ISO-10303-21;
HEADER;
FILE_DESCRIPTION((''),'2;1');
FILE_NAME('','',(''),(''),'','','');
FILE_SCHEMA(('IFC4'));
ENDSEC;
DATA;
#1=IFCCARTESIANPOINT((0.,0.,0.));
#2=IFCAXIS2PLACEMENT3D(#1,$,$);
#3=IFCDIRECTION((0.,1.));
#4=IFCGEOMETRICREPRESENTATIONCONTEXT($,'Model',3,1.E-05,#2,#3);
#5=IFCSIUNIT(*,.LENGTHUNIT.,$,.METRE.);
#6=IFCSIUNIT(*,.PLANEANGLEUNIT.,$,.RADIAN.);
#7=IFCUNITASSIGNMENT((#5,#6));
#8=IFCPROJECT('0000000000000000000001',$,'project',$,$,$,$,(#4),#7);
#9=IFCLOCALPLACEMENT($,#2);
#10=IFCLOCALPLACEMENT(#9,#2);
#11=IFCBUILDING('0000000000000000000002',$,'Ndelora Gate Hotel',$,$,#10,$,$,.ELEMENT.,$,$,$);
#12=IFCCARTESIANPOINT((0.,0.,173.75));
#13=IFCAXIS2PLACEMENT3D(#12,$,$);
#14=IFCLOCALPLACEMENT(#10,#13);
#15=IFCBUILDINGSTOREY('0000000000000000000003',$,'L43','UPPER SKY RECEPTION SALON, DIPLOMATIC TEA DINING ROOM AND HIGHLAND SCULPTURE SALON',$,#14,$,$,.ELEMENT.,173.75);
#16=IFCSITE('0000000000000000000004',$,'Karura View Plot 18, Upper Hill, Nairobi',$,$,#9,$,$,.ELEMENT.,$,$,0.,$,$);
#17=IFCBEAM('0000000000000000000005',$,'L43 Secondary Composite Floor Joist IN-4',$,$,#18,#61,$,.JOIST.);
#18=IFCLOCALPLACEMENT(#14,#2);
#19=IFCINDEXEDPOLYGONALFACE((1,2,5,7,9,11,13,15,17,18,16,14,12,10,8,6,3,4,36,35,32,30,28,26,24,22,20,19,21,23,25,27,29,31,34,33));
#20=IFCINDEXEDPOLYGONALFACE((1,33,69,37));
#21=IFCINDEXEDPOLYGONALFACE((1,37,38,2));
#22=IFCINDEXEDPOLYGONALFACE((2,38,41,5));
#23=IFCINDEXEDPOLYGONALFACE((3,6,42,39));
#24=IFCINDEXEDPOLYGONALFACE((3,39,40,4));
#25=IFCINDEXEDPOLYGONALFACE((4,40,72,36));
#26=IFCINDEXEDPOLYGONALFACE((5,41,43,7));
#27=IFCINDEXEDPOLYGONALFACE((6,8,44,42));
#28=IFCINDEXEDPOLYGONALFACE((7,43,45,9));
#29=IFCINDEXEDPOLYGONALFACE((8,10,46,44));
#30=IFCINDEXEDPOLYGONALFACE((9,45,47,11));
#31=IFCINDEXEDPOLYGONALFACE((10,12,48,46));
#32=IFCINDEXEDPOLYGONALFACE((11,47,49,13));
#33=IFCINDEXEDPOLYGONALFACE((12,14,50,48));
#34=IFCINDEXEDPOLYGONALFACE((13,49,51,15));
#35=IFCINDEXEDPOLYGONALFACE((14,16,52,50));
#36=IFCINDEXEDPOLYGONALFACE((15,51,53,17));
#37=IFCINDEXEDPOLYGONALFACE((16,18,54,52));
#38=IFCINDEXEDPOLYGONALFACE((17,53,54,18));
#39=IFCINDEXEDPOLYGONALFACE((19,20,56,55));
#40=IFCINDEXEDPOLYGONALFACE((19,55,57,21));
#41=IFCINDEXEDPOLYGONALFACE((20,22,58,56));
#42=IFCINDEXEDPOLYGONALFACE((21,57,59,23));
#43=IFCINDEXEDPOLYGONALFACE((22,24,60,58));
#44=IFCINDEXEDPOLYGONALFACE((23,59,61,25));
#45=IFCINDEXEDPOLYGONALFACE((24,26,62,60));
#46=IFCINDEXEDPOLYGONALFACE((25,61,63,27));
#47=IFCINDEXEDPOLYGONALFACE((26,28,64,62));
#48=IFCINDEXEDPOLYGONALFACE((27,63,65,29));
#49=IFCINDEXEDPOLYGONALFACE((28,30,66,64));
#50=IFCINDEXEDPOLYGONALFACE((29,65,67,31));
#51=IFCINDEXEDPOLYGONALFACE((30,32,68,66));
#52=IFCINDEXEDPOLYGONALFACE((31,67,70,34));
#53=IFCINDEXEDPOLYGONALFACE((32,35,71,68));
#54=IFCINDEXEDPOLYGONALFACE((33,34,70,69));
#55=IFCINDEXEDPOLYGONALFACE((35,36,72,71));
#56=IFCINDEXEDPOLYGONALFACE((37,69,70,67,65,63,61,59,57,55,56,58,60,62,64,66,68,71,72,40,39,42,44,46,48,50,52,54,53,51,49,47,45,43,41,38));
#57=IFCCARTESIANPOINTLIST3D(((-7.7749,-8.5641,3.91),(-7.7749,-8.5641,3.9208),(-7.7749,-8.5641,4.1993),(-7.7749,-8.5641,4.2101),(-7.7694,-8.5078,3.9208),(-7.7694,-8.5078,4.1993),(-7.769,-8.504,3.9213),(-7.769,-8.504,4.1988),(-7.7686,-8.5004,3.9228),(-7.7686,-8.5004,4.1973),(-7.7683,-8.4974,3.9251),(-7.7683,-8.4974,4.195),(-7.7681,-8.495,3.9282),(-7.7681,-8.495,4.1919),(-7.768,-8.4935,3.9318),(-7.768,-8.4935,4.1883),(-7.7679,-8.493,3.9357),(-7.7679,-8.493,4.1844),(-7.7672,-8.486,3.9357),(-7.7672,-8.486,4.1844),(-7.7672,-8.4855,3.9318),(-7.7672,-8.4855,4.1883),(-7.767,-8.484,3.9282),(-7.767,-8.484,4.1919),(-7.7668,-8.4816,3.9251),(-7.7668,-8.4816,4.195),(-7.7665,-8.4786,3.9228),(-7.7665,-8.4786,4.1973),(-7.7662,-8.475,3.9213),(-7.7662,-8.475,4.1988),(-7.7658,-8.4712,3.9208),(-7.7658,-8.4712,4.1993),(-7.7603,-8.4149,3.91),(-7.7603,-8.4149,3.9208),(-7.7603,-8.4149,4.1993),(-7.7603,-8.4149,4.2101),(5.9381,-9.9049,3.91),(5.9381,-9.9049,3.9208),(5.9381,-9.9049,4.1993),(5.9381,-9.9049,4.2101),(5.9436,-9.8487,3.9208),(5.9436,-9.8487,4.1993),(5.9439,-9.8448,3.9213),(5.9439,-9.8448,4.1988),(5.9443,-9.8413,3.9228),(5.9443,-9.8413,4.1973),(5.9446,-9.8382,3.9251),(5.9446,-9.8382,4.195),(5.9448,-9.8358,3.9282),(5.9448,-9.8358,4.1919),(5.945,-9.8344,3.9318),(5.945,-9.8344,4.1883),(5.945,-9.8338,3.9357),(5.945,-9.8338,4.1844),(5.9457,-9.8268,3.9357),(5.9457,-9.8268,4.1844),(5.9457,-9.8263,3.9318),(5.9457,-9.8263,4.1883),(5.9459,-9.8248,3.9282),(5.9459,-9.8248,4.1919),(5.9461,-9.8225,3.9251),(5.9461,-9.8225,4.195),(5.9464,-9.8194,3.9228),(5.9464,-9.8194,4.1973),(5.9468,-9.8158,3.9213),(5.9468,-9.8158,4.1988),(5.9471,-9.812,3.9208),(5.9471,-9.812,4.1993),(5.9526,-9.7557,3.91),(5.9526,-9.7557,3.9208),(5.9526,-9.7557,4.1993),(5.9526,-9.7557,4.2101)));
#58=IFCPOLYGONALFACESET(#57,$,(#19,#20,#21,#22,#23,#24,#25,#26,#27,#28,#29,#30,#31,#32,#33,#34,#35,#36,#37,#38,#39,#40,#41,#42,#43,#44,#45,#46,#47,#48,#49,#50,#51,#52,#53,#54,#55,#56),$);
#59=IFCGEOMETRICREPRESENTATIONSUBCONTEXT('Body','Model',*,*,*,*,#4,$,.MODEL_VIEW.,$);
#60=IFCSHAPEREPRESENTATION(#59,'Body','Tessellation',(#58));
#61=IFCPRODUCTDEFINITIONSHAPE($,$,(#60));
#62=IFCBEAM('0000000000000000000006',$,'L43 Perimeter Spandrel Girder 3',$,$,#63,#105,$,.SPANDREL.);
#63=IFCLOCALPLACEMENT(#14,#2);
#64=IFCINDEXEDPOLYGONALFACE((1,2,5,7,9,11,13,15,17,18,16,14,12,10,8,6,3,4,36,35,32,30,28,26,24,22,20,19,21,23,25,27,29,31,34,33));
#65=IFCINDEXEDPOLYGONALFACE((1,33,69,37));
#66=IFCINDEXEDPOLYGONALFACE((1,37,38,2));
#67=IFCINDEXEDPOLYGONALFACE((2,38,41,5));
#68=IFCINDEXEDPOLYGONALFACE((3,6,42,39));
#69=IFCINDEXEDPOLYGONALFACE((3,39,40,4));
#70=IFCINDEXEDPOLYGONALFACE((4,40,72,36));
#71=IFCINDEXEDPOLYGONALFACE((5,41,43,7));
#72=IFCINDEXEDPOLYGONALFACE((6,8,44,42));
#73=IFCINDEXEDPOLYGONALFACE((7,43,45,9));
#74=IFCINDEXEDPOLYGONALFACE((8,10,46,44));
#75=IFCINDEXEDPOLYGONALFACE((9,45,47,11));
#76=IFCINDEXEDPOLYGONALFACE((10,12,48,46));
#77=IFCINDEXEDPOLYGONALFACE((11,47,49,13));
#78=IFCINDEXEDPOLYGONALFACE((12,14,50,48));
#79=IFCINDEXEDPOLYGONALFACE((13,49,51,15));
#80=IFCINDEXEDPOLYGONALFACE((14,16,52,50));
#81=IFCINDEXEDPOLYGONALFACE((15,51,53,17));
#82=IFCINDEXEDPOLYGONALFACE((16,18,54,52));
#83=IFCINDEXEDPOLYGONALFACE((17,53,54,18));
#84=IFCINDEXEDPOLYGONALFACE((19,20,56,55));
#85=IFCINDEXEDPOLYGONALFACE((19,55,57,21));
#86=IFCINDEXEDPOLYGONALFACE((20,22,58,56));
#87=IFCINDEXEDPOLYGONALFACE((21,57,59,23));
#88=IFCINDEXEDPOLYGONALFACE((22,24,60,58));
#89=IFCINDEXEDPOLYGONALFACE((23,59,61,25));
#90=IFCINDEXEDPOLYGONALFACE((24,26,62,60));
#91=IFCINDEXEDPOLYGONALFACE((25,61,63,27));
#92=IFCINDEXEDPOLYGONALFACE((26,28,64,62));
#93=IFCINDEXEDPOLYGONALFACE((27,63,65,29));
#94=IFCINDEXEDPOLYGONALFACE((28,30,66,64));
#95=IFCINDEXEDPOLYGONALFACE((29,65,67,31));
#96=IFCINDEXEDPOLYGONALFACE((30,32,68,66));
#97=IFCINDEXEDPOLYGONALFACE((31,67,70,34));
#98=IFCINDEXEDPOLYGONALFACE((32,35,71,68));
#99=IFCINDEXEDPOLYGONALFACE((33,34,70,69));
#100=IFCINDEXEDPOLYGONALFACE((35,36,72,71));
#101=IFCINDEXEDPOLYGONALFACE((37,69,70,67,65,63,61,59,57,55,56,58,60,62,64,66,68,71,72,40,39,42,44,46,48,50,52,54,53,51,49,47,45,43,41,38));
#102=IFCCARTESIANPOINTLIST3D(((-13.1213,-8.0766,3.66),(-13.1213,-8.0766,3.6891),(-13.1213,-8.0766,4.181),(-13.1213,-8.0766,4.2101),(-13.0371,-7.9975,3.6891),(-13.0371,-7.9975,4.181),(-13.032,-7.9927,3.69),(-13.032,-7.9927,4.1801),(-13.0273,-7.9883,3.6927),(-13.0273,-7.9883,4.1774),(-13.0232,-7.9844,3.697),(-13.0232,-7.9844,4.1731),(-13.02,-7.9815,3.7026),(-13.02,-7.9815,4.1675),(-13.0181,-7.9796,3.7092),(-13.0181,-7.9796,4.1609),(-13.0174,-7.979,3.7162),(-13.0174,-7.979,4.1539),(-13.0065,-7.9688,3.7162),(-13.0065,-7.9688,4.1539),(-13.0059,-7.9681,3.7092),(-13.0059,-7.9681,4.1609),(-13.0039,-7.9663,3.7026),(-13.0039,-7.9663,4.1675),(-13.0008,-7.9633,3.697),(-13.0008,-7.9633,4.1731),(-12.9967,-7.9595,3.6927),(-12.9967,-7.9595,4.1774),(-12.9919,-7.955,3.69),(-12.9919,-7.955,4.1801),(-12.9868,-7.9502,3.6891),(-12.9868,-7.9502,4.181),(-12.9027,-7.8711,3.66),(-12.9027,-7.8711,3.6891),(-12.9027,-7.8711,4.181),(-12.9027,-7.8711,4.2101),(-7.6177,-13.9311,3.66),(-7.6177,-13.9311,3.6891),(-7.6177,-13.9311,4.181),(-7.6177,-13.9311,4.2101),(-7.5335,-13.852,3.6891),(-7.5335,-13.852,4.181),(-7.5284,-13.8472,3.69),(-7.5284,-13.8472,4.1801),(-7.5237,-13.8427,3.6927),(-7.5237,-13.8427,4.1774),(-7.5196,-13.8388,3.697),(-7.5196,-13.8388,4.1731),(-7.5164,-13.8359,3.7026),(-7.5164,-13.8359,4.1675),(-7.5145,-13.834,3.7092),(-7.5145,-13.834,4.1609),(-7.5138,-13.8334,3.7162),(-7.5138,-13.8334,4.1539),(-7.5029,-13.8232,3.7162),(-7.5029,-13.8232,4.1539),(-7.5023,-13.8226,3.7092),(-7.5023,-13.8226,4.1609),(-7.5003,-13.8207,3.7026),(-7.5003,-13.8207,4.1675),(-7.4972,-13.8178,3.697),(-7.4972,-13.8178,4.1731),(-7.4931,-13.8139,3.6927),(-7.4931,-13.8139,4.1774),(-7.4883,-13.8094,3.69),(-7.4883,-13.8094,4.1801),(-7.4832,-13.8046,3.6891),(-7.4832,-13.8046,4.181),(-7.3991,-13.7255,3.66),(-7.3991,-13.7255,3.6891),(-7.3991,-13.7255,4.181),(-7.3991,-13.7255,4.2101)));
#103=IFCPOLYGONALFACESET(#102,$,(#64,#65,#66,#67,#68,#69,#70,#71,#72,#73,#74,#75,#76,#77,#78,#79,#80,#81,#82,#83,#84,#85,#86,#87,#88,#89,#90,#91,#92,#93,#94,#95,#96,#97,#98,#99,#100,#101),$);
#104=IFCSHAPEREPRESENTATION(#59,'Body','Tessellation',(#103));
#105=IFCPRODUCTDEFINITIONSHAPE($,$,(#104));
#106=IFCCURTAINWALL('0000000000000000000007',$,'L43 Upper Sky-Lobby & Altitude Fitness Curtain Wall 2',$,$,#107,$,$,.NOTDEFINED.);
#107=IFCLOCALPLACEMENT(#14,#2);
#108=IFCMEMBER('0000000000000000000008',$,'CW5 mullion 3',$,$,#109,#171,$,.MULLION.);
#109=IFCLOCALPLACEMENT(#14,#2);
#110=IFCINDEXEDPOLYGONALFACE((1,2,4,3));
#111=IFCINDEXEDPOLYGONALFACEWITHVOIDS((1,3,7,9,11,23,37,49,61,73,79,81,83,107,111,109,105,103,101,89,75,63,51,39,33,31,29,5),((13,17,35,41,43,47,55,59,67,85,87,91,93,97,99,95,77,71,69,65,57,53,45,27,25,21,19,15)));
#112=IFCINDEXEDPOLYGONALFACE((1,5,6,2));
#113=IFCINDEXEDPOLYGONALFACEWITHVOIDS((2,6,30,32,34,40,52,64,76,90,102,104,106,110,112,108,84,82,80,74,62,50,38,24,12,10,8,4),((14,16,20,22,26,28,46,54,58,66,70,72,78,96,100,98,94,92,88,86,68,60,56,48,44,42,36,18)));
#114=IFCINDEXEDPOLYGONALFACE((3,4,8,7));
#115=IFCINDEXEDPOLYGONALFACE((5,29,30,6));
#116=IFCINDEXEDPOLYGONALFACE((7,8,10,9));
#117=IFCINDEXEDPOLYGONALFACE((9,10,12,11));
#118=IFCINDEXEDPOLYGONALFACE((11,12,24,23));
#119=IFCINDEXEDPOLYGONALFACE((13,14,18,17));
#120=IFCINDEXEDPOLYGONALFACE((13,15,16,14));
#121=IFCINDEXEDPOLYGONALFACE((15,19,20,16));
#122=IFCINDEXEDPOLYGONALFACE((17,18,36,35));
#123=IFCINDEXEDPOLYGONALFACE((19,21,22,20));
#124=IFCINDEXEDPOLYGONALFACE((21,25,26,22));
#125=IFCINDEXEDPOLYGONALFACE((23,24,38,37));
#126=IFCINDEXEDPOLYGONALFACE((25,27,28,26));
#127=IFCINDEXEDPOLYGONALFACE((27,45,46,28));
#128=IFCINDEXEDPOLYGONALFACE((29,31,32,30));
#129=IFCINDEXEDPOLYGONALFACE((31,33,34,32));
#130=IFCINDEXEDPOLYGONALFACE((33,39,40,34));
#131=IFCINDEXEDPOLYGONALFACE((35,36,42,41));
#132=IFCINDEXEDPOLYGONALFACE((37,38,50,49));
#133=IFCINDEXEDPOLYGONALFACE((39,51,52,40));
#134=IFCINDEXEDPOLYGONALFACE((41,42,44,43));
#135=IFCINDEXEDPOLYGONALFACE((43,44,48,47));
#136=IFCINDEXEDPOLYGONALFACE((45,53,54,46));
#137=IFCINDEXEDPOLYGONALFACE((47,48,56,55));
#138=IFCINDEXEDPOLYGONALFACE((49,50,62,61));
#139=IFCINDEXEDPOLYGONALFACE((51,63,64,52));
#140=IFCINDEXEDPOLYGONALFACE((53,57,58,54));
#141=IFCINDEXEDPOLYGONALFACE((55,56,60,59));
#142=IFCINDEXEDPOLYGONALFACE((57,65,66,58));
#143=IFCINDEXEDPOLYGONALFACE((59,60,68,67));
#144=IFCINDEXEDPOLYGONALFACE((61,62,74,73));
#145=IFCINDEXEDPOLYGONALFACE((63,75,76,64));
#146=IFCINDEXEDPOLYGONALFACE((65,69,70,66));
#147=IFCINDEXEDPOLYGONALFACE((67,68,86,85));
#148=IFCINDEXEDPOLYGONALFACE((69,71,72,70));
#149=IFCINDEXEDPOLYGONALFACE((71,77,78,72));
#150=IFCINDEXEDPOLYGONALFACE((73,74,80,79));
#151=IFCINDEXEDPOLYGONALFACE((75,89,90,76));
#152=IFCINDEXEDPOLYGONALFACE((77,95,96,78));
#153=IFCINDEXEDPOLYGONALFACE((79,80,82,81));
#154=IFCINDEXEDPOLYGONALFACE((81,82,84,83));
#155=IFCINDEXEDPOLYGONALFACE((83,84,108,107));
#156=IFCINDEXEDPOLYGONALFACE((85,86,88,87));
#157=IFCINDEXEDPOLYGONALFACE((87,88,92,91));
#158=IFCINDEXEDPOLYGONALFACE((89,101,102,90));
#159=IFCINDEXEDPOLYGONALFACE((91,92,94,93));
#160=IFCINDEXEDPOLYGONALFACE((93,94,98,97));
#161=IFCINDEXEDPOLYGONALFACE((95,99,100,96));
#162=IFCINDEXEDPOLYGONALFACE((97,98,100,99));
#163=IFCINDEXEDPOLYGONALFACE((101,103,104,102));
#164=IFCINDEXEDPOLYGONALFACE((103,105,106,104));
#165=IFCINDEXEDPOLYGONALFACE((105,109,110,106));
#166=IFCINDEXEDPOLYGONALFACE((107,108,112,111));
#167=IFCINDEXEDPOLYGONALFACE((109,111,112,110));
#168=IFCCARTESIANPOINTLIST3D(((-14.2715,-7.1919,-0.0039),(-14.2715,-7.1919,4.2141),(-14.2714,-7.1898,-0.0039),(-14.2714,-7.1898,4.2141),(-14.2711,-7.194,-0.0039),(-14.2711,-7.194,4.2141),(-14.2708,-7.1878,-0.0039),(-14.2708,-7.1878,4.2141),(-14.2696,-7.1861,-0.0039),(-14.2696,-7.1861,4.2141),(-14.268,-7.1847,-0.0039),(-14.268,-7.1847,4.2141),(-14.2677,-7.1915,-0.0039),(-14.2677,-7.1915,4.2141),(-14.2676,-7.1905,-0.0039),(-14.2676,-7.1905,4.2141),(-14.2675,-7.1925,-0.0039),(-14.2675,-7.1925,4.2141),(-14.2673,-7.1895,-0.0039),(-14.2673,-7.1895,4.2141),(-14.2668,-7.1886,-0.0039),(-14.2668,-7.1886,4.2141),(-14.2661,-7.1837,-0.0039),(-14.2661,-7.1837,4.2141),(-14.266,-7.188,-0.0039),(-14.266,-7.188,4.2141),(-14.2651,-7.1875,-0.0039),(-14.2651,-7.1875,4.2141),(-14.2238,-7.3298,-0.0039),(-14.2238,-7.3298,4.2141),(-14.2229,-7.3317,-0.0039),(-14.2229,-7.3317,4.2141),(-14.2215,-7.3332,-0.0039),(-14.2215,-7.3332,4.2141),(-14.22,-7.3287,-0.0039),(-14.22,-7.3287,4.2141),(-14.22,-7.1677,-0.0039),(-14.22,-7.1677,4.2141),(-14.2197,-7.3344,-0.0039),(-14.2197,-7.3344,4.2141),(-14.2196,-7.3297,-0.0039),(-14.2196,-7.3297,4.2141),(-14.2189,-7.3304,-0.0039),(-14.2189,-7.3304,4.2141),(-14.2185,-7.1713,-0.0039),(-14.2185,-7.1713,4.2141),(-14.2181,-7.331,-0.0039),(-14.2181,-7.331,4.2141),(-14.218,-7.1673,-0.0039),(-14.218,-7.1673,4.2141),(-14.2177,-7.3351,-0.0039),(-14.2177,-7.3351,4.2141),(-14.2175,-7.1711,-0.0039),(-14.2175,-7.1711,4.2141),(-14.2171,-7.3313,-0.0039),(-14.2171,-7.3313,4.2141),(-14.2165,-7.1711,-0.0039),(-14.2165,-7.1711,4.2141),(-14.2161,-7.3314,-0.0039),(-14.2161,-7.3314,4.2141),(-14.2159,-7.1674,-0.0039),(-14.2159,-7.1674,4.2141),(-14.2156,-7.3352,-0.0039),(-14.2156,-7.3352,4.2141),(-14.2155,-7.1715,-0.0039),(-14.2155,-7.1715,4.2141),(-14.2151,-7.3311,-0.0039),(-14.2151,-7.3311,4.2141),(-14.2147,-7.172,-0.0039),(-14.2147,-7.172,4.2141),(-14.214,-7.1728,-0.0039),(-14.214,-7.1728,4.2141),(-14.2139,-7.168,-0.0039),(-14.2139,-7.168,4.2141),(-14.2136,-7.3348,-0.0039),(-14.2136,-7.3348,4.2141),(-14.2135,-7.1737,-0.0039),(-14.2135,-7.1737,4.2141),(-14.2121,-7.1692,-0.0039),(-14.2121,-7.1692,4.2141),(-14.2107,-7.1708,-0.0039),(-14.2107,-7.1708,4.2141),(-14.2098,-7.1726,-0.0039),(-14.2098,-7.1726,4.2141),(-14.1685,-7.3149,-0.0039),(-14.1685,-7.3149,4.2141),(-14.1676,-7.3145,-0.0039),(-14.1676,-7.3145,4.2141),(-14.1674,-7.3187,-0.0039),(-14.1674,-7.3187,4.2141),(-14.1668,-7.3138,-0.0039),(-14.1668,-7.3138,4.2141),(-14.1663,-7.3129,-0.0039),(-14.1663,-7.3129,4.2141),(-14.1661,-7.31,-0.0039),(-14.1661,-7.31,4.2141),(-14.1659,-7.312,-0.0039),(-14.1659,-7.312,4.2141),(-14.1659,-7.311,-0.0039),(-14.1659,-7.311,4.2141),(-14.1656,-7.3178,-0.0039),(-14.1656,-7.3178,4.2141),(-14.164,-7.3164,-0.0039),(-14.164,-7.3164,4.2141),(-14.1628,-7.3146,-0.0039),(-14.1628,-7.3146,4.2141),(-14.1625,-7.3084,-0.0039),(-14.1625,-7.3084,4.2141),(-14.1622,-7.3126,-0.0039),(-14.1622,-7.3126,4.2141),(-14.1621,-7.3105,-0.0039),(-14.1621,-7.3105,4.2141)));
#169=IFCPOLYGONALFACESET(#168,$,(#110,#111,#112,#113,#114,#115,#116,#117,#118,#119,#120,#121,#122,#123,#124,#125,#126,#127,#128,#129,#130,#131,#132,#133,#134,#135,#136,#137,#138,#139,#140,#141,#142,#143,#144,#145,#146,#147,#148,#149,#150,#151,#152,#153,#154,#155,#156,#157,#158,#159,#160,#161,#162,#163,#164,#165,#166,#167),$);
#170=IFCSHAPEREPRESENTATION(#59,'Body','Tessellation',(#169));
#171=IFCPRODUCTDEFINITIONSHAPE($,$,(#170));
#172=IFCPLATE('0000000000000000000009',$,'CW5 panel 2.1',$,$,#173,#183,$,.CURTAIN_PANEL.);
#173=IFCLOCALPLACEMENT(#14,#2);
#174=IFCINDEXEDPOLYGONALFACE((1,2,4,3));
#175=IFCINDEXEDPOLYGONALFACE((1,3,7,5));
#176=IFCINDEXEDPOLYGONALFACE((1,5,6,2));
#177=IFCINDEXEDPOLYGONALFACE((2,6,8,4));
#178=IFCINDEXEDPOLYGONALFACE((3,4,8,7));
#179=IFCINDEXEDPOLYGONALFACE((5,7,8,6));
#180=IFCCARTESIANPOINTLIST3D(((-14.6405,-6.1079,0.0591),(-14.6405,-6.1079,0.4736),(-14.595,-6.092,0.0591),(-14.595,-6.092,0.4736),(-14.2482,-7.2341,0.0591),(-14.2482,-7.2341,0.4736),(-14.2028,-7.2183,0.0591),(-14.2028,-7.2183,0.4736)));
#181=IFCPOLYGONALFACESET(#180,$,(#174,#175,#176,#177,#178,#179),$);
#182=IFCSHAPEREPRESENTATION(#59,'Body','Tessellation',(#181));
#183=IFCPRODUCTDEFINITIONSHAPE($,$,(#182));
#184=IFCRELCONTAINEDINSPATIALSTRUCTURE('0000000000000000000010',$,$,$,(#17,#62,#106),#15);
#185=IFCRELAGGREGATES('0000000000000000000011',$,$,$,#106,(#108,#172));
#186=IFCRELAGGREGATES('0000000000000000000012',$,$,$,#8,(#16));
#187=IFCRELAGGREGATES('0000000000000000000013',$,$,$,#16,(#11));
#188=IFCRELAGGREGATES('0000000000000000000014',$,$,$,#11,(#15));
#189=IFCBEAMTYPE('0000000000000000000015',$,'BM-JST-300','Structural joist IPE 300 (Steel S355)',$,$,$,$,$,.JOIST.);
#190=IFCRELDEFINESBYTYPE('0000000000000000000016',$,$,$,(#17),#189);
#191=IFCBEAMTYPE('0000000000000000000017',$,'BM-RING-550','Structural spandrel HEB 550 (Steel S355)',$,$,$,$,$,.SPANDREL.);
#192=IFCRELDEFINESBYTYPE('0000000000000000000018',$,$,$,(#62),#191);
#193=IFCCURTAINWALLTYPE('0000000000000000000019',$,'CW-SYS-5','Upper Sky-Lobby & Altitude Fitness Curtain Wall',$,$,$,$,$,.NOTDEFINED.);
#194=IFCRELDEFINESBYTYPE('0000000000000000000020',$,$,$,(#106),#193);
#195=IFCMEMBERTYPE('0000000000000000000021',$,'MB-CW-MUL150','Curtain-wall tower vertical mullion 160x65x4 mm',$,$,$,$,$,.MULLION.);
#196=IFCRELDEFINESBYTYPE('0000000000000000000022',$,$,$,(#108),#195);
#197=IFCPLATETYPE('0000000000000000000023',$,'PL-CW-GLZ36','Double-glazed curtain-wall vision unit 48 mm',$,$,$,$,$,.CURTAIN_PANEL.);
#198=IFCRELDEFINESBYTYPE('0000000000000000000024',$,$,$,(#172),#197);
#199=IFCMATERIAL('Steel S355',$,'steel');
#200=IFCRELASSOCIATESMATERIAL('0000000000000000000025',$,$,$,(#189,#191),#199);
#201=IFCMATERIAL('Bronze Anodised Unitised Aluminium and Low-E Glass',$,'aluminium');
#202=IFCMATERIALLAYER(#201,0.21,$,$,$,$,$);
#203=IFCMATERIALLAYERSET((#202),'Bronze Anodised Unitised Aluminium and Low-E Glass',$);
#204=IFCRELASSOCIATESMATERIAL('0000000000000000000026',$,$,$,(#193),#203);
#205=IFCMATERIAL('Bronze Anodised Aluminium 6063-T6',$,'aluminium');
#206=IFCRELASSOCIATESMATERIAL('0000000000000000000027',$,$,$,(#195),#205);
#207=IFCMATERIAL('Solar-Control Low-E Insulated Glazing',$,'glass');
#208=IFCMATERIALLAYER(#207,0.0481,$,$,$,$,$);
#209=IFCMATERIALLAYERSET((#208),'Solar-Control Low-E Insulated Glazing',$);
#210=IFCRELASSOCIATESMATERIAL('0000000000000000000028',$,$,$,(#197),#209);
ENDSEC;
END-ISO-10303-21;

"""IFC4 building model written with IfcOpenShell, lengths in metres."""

from ifc_helpers import new_model, si_unit, direction, frame, origin, origin_2d, place, context, subcontext, project, spatial, rectangle, hollow_rectangle, i_section, extrude, material, layer, layer_set, material_profile, profile_set, type_object, element, aggregate, save


model = new_model("IFC4")

# Units and contexts
model_context = context("Model", 3, precision=1e-05, world=origin(), true_north=direction((0.0, 1.0)))
body_context = subcontext(model_context, "Body", "Model", "MODEL_VIEW")
ifc_project = project(units=[si_unit("LENGTHUNIT", "METRE"), si_unit("PLANEANGLEUNIT", "RADIAN")], contexts=[model_context])

# Site, building, storey
site_placement = place(None, origin())
site = spatial("IfcSite", under=ifc_project, at=site_placement, Name="Karura View Plot 18, Upper Hill, Nairobi", CompositionType="ELEMENT", RefElevation=0.0)
building_placement = place(site_placement, origin())
building = spatial("IfcBuilding", under=site, at=building_placement, Name="Ndelora Gate Hotel", CompositionType="ELEMENT")
storey_placement = place(building_placement, frame((0.0, 0.0, 173.75)))
storey = spatial("IfcBuildingStorey", under=building, at=storey_placement, Name="L43", Description="UPPER SKY RECEPTION SALON, DIPLOMATIC TEA DINING ROOM AND HIGHLAND SCULPTURE SALON", CompositionType="ELEMENT", Elevation=173.75)

# Beams
ifc_material_1 = material(Name="Steel S355", Category="steel")
ifc_material_profile_1 = material_profile(ifc_material_1, i_section(OverallWidth=0.1499, OverallDepth=0.3, WebThickness=0.0071, FlangeThickness=0.0107, FilletRadius=0.0149, at=origin_2d()), Name="IPE 300")
ifc_profile_set_1 = profile_set([ifc_material_profile_1], Name="Steel S355")
beam_type_1 = type_object("IfcBeamType", Name="BM-JST-300", Description="Structural joist IPE 300 (Steel S355)", PredefinedType="JOIST", material=ifc_profile_set_1)
beam_1_placement = place(storey_placement, frame((-7.7676, -8.4895, 4.0601), z_axis=(0.995254, -0.097314, 0.0), x_axis=(0.097314, 0.995254, 0.0)))
element("IfcBeam", 1, at=beam_1_placement, inside=storey, type_object=beam_type_1, Name="L43 Secondary Composite Floor Joist IN-4", PredefinedType="JOIST", context=body_context, shape_type="SweptSolid", body=[
    extrude(i_section(OverallWidth=0.1499, OverallDepth=0.3, WebThickness=0.0071, FlangeThickness=0.0107, FilletRadius=0.0149, at=origin_2d()), origin(), (0.0, 0.0, 1.0), 13.7783),
])
ifc_material_profile_2 = material_profile(ifc_material_1, i_section(OverallWidth=0.3, OverallDepth=0.55, WebThickness=0.0149, FlangeThickness=0.0291, FilletRadius=0.0271, at=origin_2d()), Name="HEB 550")
ifc_profile_set_2 = profile_set([ifc_material_profile_2], Name="Steel S355")
beam_type_2 = type_object("IfcBeamType", Name="BM-RING-550", Description="Structural spandrel HEB 550 (Steel S355)", PredefinedType="SPANDREL", material=ifc_profile_set_2)
beam_2_placement = place(storey_placement, frame((-13.012, -7.9739, 3.9351), z_axis=(0.684939, -0.7286, 0.0), x_axis=(0.7286, 0.684939, 0.0)))
element("IfcBeam", 2, at=beam_2_placement, inside=storey, type_object=beam_type_2, Name="L43 Perimeter Spandrel Girder 3", PredefinedType="SPANDREL", context=body_context, shape_type="SweptSolid", body=[
    extrude(i_section(OverallWidth=0.3, OverallDepth=0.55, WebThickness=0.0149, FlangeThickness=0.0291, FilletRadius=0.0271, at=origin_2d()), origin(), (0.0, 0.0, 1.0), 8.0352),
])

# Curtain wall, member, plate
ifc_material_2 = material(Name="Bronze Anodised Unitised Aluminium and Low-E Glass", Category="aluminium")
ifc_layer_1 = layer(ifc_material_2, 0.21)
ifc_layer_set_1 = layer_set([ifc_layer_1], Name="Bronze Anodised Unitised Aluminium and Low-E Glass")
curtain_wall_type = type_object("IfcCurtainWallType", Name="CW-SYS-5", Description="Upper Sky-Lobby & Altitude Fitness Curtain Wall", PredefinedType="NOTDEFINED", material=ifc_layer_set_1)
curtain_wall_placement = place(storey_placement, origin())
curtain_wall = element("IfcCurtainWall", 3, at=curtain_wall_placement, inside=storey, type_object=curtain_wall_type, Name="L43 Upper Sky-Lobby & Altitude Fitness Curtain Wall 2", PredefinedType="NOTDEFINED")
ifc_material_3 = material(Name="Bronze Anodised Aluminium 6063-T6", Category="aluminium")
ifc_material_profile_3 = material_profile(ifc_material_3, hollow_rectangle(XDim=0.0649, YDim=0.1599, WallThickness=0.0039, InnerFilletRadius=0.0039, OuterFilletRadius=0.0081, at=origin_2d()), Name="ALU 160x65x4")
ifc_profile_set_3 = profile_set([ifc_material_profile_3], Name="Bronze Anodised Aluminium 6063-T6")
member_type = type_object("IfcMemberType", Name="MB-CW-MUL150", Description="Curtain-wall tower vertical mullion 160x65x4 mm", PredefinedType="MULLION", material=ifc_profile_set_3)
member_placement = place(storey_placement, frame((-14.2168, -7.2512, -0.0039), z_axis=(0.0, 0.0, 1.0), x_axis=(0.94437, 0.328886, 0.0)))
member = element("IfcMember", 4, at=member_placement, type_object=member_type, Name="CW5 mullion 3", PredefinedType="MULLION", context=body_context, shape_type="SweptSolid", body=[
    extrude(hollow_rectangle(XDim=0.0649, YDim=0.1599, WallThickness=0.0039, InnerFilletRadius=0.0039, OuterFilletRadius=0.0081, at=origin_2d()), origin(), (0.0, 0.0, 1.0), 4.218),
])
ifc_material_4 = material(Name="Solar-Control Low-E Insulated Glazing", Category="glass")
ifc_layer_2 = layer(ifc_material_4, 0.0481)
ifc_layer_set_2 = layer_set([ifc_layer_2], Name="Solar-Control Low-E Insulated Glazing")
plate_type = type_object("IfcPlateType", Name="PL-CW-GLZ36", Description="Double-glazed curtain-wall vision unit 48 mm", PredefinedType="CURTAIN_PANEL", material=ifc_layer_set_2)
plate_1_placement = place(storey_placement, frame((-14.4216, -6.6631, 0.0591), z_axis=(0.0, 0.0, 1.0), x_axis=(0.328886, -0.94437, 0.0)))
plate_1 = element("IfcPlate", 5, at=plate_1_placement, type_object=plate_type, Name="CW5 panel 2.1", PredefinedType="CURTAIN_PANEL", context=body_context, shape_type="SweptSolid", body=[
    extrude(rectangle(XDim=1.1926, YDim=0.0481, at=origin_2d()), origin(), (0.0, 0.0, 1.0), 0.4146),
])
aggregate(curtain_wall, [member, plate_1])

save(model, "model.ifc")
